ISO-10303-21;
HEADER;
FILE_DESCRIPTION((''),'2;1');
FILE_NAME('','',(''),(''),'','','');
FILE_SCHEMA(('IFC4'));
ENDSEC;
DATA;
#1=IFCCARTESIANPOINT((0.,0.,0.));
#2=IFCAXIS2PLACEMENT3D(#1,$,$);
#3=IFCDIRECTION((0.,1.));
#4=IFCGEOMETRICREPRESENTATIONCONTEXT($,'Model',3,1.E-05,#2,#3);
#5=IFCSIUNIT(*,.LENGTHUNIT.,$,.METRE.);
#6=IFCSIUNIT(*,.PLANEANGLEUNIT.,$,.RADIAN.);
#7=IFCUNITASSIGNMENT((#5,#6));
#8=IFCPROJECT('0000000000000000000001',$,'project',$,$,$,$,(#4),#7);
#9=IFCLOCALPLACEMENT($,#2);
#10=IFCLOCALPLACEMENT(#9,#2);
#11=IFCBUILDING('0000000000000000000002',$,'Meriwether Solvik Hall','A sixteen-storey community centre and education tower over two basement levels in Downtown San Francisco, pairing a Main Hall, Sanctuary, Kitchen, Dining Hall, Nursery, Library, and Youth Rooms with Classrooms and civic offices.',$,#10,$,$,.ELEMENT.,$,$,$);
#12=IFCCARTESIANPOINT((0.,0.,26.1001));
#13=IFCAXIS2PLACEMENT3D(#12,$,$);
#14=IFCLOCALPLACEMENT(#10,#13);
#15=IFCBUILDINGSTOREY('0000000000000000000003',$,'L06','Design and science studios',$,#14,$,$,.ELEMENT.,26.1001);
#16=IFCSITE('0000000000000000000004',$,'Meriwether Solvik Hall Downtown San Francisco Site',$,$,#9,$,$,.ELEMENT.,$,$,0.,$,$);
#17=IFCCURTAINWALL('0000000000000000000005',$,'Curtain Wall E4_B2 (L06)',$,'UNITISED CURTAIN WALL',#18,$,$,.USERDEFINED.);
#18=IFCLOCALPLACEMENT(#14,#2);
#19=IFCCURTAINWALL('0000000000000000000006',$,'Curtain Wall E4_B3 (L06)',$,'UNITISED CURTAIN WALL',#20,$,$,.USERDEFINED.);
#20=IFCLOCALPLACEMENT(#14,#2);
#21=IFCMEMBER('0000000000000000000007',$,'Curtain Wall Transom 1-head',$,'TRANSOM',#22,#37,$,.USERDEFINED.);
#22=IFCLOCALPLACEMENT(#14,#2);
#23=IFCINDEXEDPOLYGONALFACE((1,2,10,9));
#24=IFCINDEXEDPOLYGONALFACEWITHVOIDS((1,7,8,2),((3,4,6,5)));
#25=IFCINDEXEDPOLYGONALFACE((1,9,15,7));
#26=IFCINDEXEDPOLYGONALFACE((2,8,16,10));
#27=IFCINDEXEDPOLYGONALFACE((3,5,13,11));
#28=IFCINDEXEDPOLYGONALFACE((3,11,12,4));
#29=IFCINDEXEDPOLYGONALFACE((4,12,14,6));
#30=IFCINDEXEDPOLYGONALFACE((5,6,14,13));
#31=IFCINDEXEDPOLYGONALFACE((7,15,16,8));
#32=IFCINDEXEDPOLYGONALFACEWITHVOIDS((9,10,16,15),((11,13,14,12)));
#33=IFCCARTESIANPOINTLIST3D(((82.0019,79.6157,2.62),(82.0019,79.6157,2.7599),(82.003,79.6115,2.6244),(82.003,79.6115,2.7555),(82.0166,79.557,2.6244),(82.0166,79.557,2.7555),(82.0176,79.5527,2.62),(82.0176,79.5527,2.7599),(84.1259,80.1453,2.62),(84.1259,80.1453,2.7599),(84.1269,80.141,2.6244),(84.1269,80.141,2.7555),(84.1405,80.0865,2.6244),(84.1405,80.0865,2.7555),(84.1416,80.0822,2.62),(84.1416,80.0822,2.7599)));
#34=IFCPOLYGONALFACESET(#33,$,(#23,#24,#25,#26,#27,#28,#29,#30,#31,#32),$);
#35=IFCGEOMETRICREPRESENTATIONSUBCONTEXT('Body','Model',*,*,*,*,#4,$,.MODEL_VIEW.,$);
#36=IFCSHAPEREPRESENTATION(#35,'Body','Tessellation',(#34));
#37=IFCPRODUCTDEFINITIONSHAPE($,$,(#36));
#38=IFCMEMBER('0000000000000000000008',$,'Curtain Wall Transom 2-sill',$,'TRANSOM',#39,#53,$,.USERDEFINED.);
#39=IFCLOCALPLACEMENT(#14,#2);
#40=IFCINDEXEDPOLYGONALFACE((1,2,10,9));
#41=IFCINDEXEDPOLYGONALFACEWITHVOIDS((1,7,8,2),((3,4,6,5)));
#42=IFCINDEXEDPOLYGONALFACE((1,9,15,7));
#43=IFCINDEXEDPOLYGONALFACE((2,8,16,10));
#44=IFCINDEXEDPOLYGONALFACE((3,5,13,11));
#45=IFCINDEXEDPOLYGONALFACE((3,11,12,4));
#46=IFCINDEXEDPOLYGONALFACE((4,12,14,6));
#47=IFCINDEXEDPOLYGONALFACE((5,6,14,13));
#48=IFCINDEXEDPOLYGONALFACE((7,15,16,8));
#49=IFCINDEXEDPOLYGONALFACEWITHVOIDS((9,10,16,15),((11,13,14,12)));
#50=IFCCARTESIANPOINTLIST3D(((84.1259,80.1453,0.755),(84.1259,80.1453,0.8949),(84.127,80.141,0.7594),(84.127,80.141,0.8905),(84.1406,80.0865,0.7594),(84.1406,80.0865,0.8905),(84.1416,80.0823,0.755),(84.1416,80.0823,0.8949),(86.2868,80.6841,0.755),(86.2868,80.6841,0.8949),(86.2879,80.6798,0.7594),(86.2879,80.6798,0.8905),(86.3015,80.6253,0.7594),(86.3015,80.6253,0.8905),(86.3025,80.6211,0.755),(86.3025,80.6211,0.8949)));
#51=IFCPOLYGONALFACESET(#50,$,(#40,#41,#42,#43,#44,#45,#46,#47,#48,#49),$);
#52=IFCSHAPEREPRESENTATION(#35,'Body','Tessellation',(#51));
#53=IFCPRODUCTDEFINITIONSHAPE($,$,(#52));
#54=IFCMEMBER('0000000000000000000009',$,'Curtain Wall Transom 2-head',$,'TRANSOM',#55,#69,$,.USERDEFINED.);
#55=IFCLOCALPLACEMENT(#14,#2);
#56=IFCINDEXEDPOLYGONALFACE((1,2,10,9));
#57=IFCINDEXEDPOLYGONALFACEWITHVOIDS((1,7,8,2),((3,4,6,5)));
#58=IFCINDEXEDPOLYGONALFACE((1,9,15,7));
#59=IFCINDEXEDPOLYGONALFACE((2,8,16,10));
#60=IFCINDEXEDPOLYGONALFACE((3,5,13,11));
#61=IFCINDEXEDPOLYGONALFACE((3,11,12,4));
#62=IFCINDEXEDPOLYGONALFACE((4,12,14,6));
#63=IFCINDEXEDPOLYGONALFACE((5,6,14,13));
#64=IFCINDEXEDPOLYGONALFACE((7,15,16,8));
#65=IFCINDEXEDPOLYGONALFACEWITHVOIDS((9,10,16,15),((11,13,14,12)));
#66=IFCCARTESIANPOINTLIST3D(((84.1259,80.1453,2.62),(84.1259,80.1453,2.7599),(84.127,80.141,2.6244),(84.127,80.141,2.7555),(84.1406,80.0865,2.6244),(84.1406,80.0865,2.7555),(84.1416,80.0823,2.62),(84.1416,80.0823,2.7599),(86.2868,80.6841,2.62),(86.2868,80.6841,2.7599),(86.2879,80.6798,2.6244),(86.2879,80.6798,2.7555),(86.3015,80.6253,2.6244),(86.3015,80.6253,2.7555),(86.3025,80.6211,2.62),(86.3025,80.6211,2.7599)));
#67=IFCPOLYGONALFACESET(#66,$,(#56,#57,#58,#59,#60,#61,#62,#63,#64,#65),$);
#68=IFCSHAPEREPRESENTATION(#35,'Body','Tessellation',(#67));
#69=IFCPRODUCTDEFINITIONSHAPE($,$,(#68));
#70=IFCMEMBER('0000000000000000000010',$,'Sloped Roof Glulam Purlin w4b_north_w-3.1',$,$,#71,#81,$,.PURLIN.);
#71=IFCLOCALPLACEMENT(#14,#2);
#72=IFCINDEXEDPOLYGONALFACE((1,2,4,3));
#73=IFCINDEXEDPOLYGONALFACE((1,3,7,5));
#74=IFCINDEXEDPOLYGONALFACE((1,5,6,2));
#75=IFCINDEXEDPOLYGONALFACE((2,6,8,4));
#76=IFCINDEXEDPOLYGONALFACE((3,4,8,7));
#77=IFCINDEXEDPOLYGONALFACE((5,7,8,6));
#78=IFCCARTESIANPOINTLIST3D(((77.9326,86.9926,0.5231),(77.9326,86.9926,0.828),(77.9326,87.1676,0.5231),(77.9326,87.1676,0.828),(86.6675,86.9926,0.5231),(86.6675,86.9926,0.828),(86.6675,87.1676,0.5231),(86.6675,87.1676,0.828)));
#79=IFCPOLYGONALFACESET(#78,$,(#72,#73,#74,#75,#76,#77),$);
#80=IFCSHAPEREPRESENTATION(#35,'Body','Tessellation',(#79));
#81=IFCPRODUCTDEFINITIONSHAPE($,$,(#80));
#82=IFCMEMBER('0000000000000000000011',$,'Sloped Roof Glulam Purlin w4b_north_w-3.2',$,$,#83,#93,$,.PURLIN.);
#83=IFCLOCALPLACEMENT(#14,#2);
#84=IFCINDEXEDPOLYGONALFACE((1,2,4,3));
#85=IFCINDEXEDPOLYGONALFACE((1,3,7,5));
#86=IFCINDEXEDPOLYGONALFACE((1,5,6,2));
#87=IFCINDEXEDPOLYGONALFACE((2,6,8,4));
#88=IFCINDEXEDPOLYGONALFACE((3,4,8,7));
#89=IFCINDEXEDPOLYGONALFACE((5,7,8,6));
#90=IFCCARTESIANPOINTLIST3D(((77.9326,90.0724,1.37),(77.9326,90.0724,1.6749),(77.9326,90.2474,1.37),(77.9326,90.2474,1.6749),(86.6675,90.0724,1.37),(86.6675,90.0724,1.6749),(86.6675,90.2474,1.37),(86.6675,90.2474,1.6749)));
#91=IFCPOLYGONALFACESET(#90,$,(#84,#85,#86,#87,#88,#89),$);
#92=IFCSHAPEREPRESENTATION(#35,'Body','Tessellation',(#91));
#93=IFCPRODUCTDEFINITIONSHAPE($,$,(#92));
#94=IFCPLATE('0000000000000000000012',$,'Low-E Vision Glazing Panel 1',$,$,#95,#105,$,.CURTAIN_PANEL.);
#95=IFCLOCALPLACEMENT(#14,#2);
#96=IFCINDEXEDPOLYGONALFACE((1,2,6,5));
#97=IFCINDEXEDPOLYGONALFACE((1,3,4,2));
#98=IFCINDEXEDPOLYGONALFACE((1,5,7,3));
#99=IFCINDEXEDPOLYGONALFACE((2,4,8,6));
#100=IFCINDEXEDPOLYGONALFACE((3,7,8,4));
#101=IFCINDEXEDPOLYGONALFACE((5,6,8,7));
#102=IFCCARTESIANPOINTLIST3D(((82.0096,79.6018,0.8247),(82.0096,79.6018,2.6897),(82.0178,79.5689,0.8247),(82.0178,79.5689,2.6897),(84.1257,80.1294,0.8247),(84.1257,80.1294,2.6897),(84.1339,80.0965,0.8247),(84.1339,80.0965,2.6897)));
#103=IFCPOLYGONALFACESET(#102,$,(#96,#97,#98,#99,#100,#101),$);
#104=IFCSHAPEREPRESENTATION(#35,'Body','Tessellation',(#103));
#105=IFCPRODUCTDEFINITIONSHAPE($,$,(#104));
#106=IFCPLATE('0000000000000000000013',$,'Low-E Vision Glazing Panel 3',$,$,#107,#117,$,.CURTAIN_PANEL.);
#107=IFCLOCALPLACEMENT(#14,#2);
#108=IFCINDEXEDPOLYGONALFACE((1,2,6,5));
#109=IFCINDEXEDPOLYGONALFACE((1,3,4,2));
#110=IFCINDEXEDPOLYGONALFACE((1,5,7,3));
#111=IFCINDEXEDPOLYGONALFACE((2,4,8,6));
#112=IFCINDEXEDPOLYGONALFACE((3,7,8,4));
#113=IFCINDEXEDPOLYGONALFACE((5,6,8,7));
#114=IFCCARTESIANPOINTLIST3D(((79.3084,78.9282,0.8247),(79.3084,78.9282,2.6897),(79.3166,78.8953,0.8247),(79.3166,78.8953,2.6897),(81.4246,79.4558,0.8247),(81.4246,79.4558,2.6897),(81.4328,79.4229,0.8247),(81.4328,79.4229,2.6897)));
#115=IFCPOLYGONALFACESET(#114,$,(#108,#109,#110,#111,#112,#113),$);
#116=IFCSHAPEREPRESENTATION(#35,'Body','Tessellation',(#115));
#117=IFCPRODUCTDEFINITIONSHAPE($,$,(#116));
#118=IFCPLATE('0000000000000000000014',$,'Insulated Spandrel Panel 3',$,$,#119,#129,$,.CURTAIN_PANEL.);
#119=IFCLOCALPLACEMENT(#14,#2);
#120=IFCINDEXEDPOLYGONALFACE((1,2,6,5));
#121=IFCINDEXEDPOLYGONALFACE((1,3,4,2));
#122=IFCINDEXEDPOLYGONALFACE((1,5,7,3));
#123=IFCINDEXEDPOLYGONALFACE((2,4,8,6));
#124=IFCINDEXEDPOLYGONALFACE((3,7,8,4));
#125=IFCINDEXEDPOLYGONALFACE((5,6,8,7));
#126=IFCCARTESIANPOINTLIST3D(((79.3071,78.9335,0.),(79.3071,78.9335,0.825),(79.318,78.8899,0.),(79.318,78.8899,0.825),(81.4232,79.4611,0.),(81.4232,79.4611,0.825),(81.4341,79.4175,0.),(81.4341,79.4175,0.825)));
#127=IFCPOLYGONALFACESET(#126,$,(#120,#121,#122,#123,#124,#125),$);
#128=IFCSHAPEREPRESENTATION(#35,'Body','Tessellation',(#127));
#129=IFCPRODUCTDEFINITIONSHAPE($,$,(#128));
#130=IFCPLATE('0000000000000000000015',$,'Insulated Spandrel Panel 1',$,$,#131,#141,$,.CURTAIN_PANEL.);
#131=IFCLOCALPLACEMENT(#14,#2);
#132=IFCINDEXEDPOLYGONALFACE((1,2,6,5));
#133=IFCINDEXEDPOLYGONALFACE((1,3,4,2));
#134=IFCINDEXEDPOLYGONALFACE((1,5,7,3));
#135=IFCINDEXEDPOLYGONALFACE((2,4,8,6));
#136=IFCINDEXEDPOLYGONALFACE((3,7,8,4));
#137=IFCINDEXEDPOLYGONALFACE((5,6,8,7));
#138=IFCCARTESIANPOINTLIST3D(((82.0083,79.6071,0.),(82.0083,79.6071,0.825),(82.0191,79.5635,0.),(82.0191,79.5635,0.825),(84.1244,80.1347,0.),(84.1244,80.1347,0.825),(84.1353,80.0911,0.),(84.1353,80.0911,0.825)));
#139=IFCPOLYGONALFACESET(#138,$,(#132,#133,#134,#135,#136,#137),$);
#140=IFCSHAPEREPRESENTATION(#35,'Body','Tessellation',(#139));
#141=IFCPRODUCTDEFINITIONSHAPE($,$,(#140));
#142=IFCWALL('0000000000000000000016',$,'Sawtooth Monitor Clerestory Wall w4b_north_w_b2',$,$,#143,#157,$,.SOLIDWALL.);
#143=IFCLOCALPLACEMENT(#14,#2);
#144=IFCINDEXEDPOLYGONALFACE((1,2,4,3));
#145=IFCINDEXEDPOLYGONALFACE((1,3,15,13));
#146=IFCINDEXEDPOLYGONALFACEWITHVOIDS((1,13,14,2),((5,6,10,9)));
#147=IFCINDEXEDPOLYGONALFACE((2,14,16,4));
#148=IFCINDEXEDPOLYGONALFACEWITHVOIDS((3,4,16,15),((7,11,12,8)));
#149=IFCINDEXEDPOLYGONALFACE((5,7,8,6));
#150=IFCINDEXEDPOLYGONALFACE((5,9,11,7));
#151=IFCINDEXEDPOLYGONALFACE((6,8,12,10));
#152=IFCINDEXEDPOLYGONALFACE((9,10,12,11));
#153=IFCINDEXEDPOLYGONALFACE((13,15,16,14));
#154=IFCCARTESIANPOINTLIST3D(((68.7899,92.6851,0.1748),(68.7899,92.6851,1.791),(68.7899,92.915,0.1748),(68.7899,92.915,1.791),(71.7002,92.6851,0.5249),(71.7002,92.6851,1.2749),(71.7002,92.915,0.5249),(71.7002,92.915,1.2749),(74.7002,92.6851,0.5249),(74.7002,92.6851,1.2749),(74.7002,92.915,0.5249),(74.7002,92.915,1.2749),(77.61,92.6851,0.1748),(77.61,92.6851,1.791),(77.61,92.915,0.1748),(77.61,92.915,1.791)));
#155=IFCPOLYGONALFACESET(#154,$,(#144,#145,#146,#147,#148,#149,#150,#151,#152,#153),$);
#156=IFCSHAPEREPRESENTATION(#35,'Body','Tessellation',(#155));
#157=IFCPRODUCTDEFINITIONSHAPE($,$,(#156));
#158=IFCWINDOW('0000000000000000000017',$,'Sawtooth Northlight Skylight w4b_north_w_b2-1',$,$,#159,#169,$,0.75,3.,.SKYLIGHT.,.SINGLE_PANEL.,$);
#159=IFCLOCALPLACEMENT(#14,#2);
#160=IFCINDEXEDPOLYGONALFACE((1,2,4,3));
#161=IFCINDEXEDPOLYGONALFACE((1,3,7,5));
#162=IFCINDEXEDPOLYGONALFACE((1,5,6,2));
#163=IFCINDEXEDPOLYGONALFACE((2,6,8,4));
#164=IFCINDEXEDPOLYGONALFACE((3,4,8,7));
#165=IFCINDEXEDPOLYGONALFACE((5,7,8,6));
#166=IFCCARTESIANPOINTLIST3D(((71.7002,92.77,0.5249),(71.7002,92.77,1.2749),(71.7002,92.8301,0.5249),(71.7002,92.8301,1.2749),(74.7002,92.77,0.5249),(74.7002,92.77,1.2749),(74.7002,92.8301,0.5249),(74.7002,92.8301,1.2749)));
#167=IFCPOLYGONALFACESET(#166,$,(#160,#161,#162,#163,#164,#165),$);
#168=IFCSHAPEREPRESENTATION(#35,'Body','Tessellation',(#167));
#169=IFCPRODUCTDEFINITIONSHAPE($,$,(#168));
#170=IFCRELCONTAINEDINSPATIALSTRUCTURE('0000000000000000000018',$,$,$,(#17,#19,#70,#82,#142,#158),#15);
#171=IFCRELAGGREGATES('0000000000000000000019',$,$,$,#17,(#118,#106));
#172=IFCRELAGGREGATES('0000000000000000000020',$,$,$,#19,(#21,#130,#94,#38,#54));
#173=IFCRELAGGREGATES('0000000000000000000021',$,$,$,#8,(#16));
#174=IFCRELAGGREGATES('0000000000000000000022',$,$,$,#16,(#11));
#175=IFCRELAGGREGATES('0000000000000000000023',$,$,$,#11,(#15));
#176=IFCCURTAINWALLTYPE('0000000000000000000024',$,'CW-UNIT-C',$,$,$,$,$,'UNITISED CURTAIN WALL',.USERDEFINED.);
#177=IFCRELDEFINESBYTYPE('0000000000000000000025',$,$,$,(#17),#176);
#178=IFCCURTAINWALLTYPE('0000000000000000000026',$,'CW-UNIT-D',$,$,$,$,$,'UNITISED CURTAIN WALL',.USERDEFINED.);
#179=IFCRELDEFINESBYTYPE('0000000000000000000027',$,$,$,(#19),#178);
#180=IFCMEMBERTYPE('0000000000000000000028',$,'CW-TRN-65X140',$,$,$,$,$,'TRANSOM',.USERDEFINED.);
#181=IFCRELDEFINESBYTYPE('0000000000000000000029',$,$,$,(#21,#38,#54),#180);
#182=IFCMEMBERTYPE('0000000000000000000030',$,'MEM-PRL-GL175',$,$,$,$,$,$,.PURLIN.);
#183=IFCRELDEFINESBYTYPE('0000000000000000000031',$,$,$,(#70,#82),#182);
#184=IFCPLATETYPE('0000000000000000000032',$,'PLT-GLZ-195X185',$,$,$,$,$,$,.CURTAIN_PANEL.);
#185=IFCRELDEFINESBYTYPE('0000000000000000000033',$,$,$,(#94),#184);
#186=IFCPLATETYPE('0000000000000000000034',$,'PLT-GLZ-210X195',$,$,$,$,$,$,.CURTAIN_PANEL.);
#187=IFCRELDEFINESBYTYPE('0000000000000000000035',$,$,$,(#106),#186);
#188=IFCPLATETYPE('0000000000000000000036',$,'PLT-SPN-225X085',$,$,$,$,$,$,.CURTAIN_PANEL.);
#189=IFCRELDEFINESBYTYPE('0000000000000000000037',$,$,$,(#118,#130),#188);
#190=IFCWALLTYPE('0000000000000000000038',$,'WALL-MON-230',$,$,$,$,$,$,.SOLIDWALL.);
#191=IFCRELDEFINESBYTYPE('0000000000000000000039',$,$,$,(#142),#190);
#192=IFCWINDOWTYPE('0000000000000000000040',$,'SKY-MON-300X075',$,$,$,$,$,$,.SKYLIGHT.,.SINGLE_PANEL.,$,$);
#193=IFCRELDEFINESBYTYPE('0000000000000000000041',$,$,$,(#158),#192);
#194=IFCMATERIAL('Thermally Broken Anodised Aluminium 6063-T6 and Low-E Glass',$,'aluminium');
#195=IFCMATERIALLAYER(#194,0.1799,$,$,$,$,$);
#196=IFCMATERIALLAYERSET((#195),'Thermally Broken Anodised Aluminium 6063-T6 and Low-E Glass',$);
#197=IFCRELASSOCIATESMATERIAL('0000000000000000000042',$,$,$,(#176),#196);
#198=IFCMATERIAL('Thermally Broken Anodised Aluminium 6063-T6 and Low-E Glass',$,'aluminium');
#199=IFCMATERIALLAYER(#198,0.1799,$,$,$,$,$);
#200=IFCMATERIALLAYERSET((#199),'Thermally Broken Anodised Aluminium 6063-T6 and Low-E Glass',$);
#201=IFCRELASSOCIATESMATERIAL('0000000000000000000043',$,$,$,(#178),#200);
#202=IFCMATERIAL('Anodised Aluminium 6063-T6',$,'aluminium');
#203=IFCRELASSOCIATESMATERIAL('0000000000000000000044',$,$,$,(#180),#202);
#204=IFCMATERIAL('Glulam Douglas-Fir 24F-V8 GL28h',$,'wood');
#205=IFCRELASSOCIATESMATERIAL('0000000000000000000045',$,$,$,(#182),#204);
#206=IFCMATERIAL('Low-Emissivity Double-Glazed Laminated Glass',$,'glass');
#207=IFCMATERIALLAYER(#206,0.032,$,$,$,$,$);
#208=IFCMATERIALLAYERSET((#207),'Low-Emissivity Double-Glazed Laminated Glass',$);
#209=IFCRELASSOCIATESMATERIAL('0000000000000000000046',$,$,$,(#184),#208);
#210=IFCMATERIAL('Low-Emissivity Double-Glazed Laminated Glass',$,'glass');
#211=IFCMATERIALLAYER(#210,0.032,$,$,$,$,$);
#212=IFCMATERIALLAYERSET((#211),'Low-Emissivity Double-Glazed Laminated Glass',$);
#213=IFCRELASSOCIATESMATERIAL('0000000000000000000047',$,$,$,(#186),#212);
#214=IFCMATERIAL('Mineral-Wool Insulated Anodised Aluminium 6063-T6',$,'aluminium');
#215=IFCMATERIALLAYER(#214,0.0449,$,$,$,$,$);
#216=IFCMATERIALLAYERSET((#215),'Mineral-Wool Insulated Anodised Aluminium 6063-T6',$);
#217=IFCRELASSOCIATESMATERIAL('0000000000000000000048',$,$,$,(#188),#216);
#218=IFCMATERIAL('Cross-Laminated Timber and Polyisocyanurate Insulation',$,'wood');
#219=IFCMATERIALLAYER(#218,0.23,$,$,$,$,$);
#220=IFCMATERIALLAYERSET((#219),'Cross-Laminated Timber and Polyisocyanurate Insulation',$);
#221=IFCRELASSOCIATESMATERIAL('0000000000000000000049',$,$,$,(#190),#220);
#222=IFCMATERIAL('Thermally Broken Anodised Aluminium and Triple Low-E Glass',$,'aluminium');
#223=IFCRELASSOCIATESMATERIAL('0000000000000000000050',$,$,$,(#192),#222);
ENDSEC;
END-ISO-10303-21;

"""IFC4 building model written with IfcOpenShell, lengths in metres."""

from ifc_helpers import new_model, si_unit, direction, frame, frame_2d, origin, origin_2d, place, context, subcontext, project, spatial, rectangle, hollow_rectangle, extrude, material, layer, layer_set, material_profile, profile_set, type_object, element, fill, aggregate, save


model = new_model("IFC4")

# Units and contexts
model_context = context("Model", 3, precision=1e-05, world=origin(), true_north=direction((0.0, 1.0)))
body_context = subcontext(model_context, "Body", "Model", "MODEL_VIEW")
ifc_project = project(units=[si_unit("LENGTHUNIT", "METRE"), si_unit("PLANEANGLEUNIT", "RADIAN")], contexts=[model_context])

# Site, building, storey
site_placement = place(None, origin())
site = spatial("IfcSite", under=ifc_project, at=site_placement, Name="Meriwether Solvik Hall Downtown San Francisco Site", CompositionType="ELEMENT", RefElevation=0.0)
building_placement = place(site_placement, origin())
building = spatial("IfcBuilding", under=site, at=building_placement, Name="Meriwether Solvik Hall", Description="A sixteen-storey community centre and education tower over two basement levels in Downtown San Francisco, pairing a Main Hall, Sanctuary, Kitchen, Dining Hall, Nursery, Library, and Youth Rooms with Classrooms and civic offices.", CompositionType="ELEMENT")
storey_placement = place(building_placement, frame((0.0, 0.0, 26.1001)))
storey = spatial("IfcBuildingStorey", under=building, at=storey_placement, Name="L06", Description="Design and science studios", CompositionType="ELEMENT", Elevation=26.1001)

# Curtain wall
ifc_material_1 = material(Name="Thermally Broken Anodised Aluminium 6063-T6 and Low-E Glass", Category="aluminium")
ifc_layer_1 = layer(ifc_material_1, 0.1799)
ifc_layer_set_1 = layer_set([ifc_layer_1], Name="Thermally Broken Anodised Aluminium 6063-T6 and Low-E Glass")
curtain_wall_type_1 = type_object("IfcCurtainWallType", Name="CW-UNIT-C", ElementType="UNITISED CURTAIN WALL", PredefinedType="USERDEFINED", material=ifc_layer_set_1)
curtain_wall_1_placement = place(storey_placement, origin())
curtain_wall_1 = element("IfcCurtainWall", 1, at=curtain_wall_1_placement, inside=storey, type_object=curtain_wall_type_1, Name="Curtain Wall E4_B2 (L06)", ObjectType="UNITISED CURTAIN WALL", PredefinedType="USERDEFINED")

# Curtain wall, members
ifc_material_2 = material(Name="Thermally Broken Anodised Aluminium 6063-T6 and Low-E Glass", Category="aluminium")
ifc_layer_2 = layer(ifc_material_2, 0.1799)
ifc_layer_set_2 = layer_set([ifc_layer_2], Name="Thermally Broken Anodised Aluminium 6063-T6 and Low-E Glass")
curtain_wall_type_2 = type_object("IfcCurtainWallType", Name="CW-UNIT-D", ElementType="UNITISED CURTAIN WALL", PredefinedType="USERDEFINED", material=ifc_layer_set_2)
curtain_wall_2_placement = place(storey_placement, origin())
curtain_wall_2 = element("IfcCurtainWall", 2, at=curtain_wall_2_placement, inside=storey, type_object=curtain_wall_type_2, Name="Curtain Wall E4_B3 (L06)", ObjectType="UNITISED CURTAIN WALL", PredefinedType="USERDEFINED")
ifc_material_3 = material(Name="Anodised Aluminium 6063-T6", Category="aluminium")
ifc_material_profile_1 = material_profile(ifc_material_3, hollow_rectangle(XDim=0.0649, YDim=0.1399, WallThickness=0.0044, at=origin_2d()), Name="CWT-65X140")
ifc_profile_set_1 = profile_set([ifc_material_profile_1], Name="Anodised Aluminium 6063-T6")
member_type_1 = type_object("IfcMemberType", Name="CW-TRN-65X140", ElementType="TRANSOM", PredefinedType="USERDEFINED", material=ifc_profile_set_1)
member_1_placement = place(storey_placement, frame((82.0098, 79.5842, 2.6899), z_axis=(0.9703, 0.241906, 0.0), x_axis=(-0.241906, 0.9703, 0.0)))
member_1 = element("IfcMember", 3, at=member_1_placement, type_object=member_type_1, Name="Curtain Wall Transom 1-head", ObjectType="TRANSOM", PredefinedType="USERDEFINED", context=body_context, shape_type="SweptSolid", body=[
    extrude(hollow_rectangle(XDim=0.0649, YDim=0.1399, WallThickness=0.0044, at=origin_2d()), origin(), (0.0, 0.0, 1.0), 2.189),
])
member_2_placement = place(storey_placement, frame((84.1338, 80.1138, 0.825), z_axis=(0.970291, 0.241942, 0.0), x_axis=(-0.241942, 0.970291, 0.0)))
member_2 = element("IfcMember", 4, at=member_2_placement, type_object=member_type_1, Name="Curtain Wall Transom 2-sill", ObjectType="TRANSOM", PredefinedType="USERDEFINED", context=body_context, shape_type="SweptSolid", body=[
    extrude(hollow_rectangle(XDim=0.0649, YDim=0.1399, WallThickness=0.0044, at=origin_2d()), origin(), (0.0, 0.0, 1.0), 2.2271),
])
member_3_placement = place(storey_placement, frame((84.1338, 80.1138, 2.6899), z_axis=(0.970291, 0.241942, 0.0), x_axis=(-0.241942, 0.970291, 0.0)))
member_3 = element("IfcMember", 5, at=member_3_placement, type_object=member_type_1, Name="Curtain Wall Transom 2-head", ObjectType="TRANSOM", PredefinedType="USERDEFINED", context=body_context, shape_type="SweptSolid", body=[
    extrude(hollow_rectangle(XDim=0.0649, YDim=0.1399, WallThickness=0.0044, at=origin_2d()), origin(), (0.0, 0.0, 1.0), 2.2271),
])

# Members
ifc_material_4 = material(Name="Glulam Douglas-Fir 24F-V8 GL28h", Category="wood")
ifc_material_profile_2 = material_profile(ifc_material_4, rectangle(XDim=0.175, YDim=0.3049, at=origin_2d()), Name="GLM-175X305")
ifc_profile_set_2 = profile_set([ifc_material_profile_2], Name="Glulam Douglas-Fir 24F-V8 GL28h")
member_type_2 = type_object("IfcMemberType", Name="MEM-PRL-GL175", PredefinedType="PURLIN", material=ifc_profile_set_2)
for number, where, z_axis, x_axis, name in (
    (6, (77.9326, 87.0801, 0.6755), (1.0, 0.0, 0.0), (0.0, 1.0, 0.0), "Sloped Roof Glulam Purlin w4b_north_w-3.1"),
    (7, (77.9326, 90.1599, 1.5225), (1.0, 0.0, 0.0), (0.0, 1.0, 0.0), "Sloped Roof Glulam Purlin w4b_north_w-3.2"),
):
    element("IfcMember", number, at=place(storey_placement, frame(where, z_axis=z_axis, x_axis=x_axis)), inside=storey, type_object=member_type_2, Name=name, PredefinedType="PURLIN", context=body_context, shape_type="SweptSolid", body=[
        extrude(rectangle(XDim=0.175, YDim=0.3049, at=origin_2d()), origin(), (0.0, 0.0, 1.0), 8.7349),
    ])

# Plates
ifc_material_5 = material(Name="Low-Emissivity Double-Glazed Laminated Glass", Category="glass")
ifc_layer_3 = layer(ifc_material_5, 0.032)
ifc_layer_set_3 = layer_set([ifc_layer_3], Name="Low-Emissivity Double-Glazed Laminated Glass")
plate_type_1 = type_object("IfcPlateType", Name="PLT-GLZ-195X185", PredefinedType="CURTAIN_PANEL", material=ifc_layer_set_3)
plate_1_placement = place(storey_placement, frame((83.0718, 79.8491, 0.8247), z_axis=(0.0, 0.0, 1.0), x_axis=(0.970296, 0.241922, 0.0)))
plate_1 = element("IfcPlate", 8, at=plate_1_placement, type_object=plate_type_1, Name="Low-E Vision Glazing Panel 1", PredefinedType="CURTAIN_PANEL", context=body_context, shape_type="SweptSolid", body=[
    extrude(rectangle(XDim=2.1809, YDim=0.0339, at=origin_2d()), origin(), (0.0, 0.0, 1.0), 1.865),
])
ifc_material_6 = material(Name="Low-Emissivity Double-Glazed Laminated Glass", Category="glass")
ifc_layer_4 = layer(ifc_material_6, 0.032)
ifc_layer_set_4 = layer_set([ifc_layer_4], Name="Low-Emissivity Double-Glazed Laminated Glass")
plate_type_2 = type_object("IfcPlateType", Name="PLT-GLZ-210X195", PredefinedType="CURTAIN_PANEL", material=ifc_layer_set_4)
plate_2_placement = place(storey_placement, frame((80.3706, 79.1755, 0.8247), z_axis=(0.0, 0.0, 1.0), x_axis=(0.970296, 0.241922, 0.0)))
plate_2 = element("IfcPlate", 9, at=plate_2_placement, type_object=plate_type_2, Name="Low-E Vision Glazing Panel 3", PredefinedType="CURTAIN_PANEL", context=body_context, shape_type="SweptSolid", body=[
    extrude(rectangle(XDim=2.1809, YDim=0.0339, at=origin_2d()), origin(), (0.0, 0.0, 1.0), 1.865),
])
ifc_material_7 = material(Name="Mineral-Wool Insulated Anodised Aluminium 6063-T6", Category="aluminium")
ifc_layer_5 = layer(ifc_material_7, 0.0449)
ifc_layer_set_5 = layer_set([ifc_layer_5], Name="Mineral-Wool Insulated Anodised Aluminium 6063-T6")
plate_type_3 = type_object("IfcPlateType", Name="PLT-SPN-225X085", PredefinedType="CURTAIN_PANEL", material=ifc_layer_set_5)
plate_3_placement = place(storey_placement, frame((80.3706, 79.1755, 0.0), z_axis=(0.0, 0.0, 1.0), x_axis=(0.970296, 0.241922, 0.0)))
plate_3 = element("IfcPlate", 10, at=plate_3_placement, type_object=plate_type_3, Name="Insulated Spandrel Panel 3", PredefinedType="CURTAIN_PANEL", context=body_context, shape_type="SweptSolid", body=[
    extrude(rectangle(XDim=2.1809, YDim=0.0449, at=origin_2d()), origin(), (0.0, 0.0, 1.0), 0.825),
])
aggregate(curtain_wall_1, [plate_3, plate_2])
plate_4_placement = place(storey_placement, frame((83.0718, 79.8491, 0.0), z_axis=(0.0, 0.0, 1.0), x_axis=(0.970296, 0.241922, 0.0)))
plate_4 = element("IfcPlate", 11, at=plate_4_placement, type_object=plate_type_3, Name="Insulated Spandrel Panel 1", PredefinedType="CURTAIN_PANEL", context=body_context, shape_type="SweptSolid", body=[
    extrude(rectangle(XDim=2.1809, YDim=0.0449, at=origin_2d()), origin(), (0.0, 0.0, 1.0), 0.825),
])
aggregate(curtain_wall_2, [member_1, plate_4, plate_1, member_2, member_3])

# Wall, opening, window
ifc_material_8 = material(Name="Cross-Laminated Timber and Polyisocyanurate Insulation", Category="wood")
ifc_layer_6 = layer(ifc_material_8, 0.23)
ifc_layer_set_6 = layer_set([ifc_layer_6], Name="Cross-Laminated Timber and Polyisocyanurate Insulation")
wall_type = type_object("IfcWallType", Name="WALL-MON-230", PredefinedType="SOLIDWALL", material=ifc_layer_set_6)
wall_placement = place(storey_placement, frame((77.6101, 92.8, 0.1748), z_axis=(0.0, 0.0, 1.0), x_axis=(-1.0, 0.0, 0.0)))
wall = element("IfcWall", 12, at=wall_placement, inside=storey, type_object=wall_type, Name="Sawtooth Monitor Clerestory Wall w4b_north_w_b2", PredefinedType="SOLIDWALL", context=body_context, shape_type="SweptSolid", body=[
    extrude(rectangle(XDim=8.8201, YDim=0.23, at=frame_2d((4.4102, 0.0))), origin(), (0.0, 0.0, 1.0), 1.6162),
])
opening_placement = place(wall_placement, frame((2.9099, 0.0, 0.3501)))
opening = element("IfcOpeningElement", 13, at=opening_placement, cuts=wall, PredefinedType="OPENING", context=body_context, shape_type="SweptSolid", body=[
    extrude(rectangle(XDim=3.0, YDim=0.75, at=frame_2d((1.5, 0.375))), frame((0.0, 0.127, 0.0), z_axis=(0.0, -1.0, 0.0), x_axis=(1.0, 0.0, 0.0)), (0.0, 0.0, 1.0), 0.2539),
])
ifc_material_9 = material(Name="Thermally Broken Anodised Aluminium and Triple Low-E Glass", Category="aluminium")
window_type = type_object("IfcWindowType", Name="SKY-MON-300X075", PartitioningType="SINGLE_PANEL", PredefinedType="SKYLIGHT", material=ifc_material_9)
window_placement = place(opening_placement, origin())
window = element("IfcWindow", 14, at=window_placement, inside=storey, type_object=window_type, Name="Sawtooth Northlight Skylight w4b_north_w_b2-1", OverallHeight=0.75, OverallWidth=3.0, PartitioningType="SINGLE_PANEL", PredefinedType="SKYLIGHT", context=body_context, shape_type="SweptSolid", body=[
    extrude(rectangle(XDim=3.0, YDim=0.75, at=frame_2d((1.5, 0.375))), frame((0.0, 0.03, 0.0), z_axis=(0.0, -1.0, 0.0), x_axis=(1.0, 0.0, 0.0)), (0.0, 0.0, 1.0), 0.0601),
])
fill(opening, window)

save(model, "model.ifc")
